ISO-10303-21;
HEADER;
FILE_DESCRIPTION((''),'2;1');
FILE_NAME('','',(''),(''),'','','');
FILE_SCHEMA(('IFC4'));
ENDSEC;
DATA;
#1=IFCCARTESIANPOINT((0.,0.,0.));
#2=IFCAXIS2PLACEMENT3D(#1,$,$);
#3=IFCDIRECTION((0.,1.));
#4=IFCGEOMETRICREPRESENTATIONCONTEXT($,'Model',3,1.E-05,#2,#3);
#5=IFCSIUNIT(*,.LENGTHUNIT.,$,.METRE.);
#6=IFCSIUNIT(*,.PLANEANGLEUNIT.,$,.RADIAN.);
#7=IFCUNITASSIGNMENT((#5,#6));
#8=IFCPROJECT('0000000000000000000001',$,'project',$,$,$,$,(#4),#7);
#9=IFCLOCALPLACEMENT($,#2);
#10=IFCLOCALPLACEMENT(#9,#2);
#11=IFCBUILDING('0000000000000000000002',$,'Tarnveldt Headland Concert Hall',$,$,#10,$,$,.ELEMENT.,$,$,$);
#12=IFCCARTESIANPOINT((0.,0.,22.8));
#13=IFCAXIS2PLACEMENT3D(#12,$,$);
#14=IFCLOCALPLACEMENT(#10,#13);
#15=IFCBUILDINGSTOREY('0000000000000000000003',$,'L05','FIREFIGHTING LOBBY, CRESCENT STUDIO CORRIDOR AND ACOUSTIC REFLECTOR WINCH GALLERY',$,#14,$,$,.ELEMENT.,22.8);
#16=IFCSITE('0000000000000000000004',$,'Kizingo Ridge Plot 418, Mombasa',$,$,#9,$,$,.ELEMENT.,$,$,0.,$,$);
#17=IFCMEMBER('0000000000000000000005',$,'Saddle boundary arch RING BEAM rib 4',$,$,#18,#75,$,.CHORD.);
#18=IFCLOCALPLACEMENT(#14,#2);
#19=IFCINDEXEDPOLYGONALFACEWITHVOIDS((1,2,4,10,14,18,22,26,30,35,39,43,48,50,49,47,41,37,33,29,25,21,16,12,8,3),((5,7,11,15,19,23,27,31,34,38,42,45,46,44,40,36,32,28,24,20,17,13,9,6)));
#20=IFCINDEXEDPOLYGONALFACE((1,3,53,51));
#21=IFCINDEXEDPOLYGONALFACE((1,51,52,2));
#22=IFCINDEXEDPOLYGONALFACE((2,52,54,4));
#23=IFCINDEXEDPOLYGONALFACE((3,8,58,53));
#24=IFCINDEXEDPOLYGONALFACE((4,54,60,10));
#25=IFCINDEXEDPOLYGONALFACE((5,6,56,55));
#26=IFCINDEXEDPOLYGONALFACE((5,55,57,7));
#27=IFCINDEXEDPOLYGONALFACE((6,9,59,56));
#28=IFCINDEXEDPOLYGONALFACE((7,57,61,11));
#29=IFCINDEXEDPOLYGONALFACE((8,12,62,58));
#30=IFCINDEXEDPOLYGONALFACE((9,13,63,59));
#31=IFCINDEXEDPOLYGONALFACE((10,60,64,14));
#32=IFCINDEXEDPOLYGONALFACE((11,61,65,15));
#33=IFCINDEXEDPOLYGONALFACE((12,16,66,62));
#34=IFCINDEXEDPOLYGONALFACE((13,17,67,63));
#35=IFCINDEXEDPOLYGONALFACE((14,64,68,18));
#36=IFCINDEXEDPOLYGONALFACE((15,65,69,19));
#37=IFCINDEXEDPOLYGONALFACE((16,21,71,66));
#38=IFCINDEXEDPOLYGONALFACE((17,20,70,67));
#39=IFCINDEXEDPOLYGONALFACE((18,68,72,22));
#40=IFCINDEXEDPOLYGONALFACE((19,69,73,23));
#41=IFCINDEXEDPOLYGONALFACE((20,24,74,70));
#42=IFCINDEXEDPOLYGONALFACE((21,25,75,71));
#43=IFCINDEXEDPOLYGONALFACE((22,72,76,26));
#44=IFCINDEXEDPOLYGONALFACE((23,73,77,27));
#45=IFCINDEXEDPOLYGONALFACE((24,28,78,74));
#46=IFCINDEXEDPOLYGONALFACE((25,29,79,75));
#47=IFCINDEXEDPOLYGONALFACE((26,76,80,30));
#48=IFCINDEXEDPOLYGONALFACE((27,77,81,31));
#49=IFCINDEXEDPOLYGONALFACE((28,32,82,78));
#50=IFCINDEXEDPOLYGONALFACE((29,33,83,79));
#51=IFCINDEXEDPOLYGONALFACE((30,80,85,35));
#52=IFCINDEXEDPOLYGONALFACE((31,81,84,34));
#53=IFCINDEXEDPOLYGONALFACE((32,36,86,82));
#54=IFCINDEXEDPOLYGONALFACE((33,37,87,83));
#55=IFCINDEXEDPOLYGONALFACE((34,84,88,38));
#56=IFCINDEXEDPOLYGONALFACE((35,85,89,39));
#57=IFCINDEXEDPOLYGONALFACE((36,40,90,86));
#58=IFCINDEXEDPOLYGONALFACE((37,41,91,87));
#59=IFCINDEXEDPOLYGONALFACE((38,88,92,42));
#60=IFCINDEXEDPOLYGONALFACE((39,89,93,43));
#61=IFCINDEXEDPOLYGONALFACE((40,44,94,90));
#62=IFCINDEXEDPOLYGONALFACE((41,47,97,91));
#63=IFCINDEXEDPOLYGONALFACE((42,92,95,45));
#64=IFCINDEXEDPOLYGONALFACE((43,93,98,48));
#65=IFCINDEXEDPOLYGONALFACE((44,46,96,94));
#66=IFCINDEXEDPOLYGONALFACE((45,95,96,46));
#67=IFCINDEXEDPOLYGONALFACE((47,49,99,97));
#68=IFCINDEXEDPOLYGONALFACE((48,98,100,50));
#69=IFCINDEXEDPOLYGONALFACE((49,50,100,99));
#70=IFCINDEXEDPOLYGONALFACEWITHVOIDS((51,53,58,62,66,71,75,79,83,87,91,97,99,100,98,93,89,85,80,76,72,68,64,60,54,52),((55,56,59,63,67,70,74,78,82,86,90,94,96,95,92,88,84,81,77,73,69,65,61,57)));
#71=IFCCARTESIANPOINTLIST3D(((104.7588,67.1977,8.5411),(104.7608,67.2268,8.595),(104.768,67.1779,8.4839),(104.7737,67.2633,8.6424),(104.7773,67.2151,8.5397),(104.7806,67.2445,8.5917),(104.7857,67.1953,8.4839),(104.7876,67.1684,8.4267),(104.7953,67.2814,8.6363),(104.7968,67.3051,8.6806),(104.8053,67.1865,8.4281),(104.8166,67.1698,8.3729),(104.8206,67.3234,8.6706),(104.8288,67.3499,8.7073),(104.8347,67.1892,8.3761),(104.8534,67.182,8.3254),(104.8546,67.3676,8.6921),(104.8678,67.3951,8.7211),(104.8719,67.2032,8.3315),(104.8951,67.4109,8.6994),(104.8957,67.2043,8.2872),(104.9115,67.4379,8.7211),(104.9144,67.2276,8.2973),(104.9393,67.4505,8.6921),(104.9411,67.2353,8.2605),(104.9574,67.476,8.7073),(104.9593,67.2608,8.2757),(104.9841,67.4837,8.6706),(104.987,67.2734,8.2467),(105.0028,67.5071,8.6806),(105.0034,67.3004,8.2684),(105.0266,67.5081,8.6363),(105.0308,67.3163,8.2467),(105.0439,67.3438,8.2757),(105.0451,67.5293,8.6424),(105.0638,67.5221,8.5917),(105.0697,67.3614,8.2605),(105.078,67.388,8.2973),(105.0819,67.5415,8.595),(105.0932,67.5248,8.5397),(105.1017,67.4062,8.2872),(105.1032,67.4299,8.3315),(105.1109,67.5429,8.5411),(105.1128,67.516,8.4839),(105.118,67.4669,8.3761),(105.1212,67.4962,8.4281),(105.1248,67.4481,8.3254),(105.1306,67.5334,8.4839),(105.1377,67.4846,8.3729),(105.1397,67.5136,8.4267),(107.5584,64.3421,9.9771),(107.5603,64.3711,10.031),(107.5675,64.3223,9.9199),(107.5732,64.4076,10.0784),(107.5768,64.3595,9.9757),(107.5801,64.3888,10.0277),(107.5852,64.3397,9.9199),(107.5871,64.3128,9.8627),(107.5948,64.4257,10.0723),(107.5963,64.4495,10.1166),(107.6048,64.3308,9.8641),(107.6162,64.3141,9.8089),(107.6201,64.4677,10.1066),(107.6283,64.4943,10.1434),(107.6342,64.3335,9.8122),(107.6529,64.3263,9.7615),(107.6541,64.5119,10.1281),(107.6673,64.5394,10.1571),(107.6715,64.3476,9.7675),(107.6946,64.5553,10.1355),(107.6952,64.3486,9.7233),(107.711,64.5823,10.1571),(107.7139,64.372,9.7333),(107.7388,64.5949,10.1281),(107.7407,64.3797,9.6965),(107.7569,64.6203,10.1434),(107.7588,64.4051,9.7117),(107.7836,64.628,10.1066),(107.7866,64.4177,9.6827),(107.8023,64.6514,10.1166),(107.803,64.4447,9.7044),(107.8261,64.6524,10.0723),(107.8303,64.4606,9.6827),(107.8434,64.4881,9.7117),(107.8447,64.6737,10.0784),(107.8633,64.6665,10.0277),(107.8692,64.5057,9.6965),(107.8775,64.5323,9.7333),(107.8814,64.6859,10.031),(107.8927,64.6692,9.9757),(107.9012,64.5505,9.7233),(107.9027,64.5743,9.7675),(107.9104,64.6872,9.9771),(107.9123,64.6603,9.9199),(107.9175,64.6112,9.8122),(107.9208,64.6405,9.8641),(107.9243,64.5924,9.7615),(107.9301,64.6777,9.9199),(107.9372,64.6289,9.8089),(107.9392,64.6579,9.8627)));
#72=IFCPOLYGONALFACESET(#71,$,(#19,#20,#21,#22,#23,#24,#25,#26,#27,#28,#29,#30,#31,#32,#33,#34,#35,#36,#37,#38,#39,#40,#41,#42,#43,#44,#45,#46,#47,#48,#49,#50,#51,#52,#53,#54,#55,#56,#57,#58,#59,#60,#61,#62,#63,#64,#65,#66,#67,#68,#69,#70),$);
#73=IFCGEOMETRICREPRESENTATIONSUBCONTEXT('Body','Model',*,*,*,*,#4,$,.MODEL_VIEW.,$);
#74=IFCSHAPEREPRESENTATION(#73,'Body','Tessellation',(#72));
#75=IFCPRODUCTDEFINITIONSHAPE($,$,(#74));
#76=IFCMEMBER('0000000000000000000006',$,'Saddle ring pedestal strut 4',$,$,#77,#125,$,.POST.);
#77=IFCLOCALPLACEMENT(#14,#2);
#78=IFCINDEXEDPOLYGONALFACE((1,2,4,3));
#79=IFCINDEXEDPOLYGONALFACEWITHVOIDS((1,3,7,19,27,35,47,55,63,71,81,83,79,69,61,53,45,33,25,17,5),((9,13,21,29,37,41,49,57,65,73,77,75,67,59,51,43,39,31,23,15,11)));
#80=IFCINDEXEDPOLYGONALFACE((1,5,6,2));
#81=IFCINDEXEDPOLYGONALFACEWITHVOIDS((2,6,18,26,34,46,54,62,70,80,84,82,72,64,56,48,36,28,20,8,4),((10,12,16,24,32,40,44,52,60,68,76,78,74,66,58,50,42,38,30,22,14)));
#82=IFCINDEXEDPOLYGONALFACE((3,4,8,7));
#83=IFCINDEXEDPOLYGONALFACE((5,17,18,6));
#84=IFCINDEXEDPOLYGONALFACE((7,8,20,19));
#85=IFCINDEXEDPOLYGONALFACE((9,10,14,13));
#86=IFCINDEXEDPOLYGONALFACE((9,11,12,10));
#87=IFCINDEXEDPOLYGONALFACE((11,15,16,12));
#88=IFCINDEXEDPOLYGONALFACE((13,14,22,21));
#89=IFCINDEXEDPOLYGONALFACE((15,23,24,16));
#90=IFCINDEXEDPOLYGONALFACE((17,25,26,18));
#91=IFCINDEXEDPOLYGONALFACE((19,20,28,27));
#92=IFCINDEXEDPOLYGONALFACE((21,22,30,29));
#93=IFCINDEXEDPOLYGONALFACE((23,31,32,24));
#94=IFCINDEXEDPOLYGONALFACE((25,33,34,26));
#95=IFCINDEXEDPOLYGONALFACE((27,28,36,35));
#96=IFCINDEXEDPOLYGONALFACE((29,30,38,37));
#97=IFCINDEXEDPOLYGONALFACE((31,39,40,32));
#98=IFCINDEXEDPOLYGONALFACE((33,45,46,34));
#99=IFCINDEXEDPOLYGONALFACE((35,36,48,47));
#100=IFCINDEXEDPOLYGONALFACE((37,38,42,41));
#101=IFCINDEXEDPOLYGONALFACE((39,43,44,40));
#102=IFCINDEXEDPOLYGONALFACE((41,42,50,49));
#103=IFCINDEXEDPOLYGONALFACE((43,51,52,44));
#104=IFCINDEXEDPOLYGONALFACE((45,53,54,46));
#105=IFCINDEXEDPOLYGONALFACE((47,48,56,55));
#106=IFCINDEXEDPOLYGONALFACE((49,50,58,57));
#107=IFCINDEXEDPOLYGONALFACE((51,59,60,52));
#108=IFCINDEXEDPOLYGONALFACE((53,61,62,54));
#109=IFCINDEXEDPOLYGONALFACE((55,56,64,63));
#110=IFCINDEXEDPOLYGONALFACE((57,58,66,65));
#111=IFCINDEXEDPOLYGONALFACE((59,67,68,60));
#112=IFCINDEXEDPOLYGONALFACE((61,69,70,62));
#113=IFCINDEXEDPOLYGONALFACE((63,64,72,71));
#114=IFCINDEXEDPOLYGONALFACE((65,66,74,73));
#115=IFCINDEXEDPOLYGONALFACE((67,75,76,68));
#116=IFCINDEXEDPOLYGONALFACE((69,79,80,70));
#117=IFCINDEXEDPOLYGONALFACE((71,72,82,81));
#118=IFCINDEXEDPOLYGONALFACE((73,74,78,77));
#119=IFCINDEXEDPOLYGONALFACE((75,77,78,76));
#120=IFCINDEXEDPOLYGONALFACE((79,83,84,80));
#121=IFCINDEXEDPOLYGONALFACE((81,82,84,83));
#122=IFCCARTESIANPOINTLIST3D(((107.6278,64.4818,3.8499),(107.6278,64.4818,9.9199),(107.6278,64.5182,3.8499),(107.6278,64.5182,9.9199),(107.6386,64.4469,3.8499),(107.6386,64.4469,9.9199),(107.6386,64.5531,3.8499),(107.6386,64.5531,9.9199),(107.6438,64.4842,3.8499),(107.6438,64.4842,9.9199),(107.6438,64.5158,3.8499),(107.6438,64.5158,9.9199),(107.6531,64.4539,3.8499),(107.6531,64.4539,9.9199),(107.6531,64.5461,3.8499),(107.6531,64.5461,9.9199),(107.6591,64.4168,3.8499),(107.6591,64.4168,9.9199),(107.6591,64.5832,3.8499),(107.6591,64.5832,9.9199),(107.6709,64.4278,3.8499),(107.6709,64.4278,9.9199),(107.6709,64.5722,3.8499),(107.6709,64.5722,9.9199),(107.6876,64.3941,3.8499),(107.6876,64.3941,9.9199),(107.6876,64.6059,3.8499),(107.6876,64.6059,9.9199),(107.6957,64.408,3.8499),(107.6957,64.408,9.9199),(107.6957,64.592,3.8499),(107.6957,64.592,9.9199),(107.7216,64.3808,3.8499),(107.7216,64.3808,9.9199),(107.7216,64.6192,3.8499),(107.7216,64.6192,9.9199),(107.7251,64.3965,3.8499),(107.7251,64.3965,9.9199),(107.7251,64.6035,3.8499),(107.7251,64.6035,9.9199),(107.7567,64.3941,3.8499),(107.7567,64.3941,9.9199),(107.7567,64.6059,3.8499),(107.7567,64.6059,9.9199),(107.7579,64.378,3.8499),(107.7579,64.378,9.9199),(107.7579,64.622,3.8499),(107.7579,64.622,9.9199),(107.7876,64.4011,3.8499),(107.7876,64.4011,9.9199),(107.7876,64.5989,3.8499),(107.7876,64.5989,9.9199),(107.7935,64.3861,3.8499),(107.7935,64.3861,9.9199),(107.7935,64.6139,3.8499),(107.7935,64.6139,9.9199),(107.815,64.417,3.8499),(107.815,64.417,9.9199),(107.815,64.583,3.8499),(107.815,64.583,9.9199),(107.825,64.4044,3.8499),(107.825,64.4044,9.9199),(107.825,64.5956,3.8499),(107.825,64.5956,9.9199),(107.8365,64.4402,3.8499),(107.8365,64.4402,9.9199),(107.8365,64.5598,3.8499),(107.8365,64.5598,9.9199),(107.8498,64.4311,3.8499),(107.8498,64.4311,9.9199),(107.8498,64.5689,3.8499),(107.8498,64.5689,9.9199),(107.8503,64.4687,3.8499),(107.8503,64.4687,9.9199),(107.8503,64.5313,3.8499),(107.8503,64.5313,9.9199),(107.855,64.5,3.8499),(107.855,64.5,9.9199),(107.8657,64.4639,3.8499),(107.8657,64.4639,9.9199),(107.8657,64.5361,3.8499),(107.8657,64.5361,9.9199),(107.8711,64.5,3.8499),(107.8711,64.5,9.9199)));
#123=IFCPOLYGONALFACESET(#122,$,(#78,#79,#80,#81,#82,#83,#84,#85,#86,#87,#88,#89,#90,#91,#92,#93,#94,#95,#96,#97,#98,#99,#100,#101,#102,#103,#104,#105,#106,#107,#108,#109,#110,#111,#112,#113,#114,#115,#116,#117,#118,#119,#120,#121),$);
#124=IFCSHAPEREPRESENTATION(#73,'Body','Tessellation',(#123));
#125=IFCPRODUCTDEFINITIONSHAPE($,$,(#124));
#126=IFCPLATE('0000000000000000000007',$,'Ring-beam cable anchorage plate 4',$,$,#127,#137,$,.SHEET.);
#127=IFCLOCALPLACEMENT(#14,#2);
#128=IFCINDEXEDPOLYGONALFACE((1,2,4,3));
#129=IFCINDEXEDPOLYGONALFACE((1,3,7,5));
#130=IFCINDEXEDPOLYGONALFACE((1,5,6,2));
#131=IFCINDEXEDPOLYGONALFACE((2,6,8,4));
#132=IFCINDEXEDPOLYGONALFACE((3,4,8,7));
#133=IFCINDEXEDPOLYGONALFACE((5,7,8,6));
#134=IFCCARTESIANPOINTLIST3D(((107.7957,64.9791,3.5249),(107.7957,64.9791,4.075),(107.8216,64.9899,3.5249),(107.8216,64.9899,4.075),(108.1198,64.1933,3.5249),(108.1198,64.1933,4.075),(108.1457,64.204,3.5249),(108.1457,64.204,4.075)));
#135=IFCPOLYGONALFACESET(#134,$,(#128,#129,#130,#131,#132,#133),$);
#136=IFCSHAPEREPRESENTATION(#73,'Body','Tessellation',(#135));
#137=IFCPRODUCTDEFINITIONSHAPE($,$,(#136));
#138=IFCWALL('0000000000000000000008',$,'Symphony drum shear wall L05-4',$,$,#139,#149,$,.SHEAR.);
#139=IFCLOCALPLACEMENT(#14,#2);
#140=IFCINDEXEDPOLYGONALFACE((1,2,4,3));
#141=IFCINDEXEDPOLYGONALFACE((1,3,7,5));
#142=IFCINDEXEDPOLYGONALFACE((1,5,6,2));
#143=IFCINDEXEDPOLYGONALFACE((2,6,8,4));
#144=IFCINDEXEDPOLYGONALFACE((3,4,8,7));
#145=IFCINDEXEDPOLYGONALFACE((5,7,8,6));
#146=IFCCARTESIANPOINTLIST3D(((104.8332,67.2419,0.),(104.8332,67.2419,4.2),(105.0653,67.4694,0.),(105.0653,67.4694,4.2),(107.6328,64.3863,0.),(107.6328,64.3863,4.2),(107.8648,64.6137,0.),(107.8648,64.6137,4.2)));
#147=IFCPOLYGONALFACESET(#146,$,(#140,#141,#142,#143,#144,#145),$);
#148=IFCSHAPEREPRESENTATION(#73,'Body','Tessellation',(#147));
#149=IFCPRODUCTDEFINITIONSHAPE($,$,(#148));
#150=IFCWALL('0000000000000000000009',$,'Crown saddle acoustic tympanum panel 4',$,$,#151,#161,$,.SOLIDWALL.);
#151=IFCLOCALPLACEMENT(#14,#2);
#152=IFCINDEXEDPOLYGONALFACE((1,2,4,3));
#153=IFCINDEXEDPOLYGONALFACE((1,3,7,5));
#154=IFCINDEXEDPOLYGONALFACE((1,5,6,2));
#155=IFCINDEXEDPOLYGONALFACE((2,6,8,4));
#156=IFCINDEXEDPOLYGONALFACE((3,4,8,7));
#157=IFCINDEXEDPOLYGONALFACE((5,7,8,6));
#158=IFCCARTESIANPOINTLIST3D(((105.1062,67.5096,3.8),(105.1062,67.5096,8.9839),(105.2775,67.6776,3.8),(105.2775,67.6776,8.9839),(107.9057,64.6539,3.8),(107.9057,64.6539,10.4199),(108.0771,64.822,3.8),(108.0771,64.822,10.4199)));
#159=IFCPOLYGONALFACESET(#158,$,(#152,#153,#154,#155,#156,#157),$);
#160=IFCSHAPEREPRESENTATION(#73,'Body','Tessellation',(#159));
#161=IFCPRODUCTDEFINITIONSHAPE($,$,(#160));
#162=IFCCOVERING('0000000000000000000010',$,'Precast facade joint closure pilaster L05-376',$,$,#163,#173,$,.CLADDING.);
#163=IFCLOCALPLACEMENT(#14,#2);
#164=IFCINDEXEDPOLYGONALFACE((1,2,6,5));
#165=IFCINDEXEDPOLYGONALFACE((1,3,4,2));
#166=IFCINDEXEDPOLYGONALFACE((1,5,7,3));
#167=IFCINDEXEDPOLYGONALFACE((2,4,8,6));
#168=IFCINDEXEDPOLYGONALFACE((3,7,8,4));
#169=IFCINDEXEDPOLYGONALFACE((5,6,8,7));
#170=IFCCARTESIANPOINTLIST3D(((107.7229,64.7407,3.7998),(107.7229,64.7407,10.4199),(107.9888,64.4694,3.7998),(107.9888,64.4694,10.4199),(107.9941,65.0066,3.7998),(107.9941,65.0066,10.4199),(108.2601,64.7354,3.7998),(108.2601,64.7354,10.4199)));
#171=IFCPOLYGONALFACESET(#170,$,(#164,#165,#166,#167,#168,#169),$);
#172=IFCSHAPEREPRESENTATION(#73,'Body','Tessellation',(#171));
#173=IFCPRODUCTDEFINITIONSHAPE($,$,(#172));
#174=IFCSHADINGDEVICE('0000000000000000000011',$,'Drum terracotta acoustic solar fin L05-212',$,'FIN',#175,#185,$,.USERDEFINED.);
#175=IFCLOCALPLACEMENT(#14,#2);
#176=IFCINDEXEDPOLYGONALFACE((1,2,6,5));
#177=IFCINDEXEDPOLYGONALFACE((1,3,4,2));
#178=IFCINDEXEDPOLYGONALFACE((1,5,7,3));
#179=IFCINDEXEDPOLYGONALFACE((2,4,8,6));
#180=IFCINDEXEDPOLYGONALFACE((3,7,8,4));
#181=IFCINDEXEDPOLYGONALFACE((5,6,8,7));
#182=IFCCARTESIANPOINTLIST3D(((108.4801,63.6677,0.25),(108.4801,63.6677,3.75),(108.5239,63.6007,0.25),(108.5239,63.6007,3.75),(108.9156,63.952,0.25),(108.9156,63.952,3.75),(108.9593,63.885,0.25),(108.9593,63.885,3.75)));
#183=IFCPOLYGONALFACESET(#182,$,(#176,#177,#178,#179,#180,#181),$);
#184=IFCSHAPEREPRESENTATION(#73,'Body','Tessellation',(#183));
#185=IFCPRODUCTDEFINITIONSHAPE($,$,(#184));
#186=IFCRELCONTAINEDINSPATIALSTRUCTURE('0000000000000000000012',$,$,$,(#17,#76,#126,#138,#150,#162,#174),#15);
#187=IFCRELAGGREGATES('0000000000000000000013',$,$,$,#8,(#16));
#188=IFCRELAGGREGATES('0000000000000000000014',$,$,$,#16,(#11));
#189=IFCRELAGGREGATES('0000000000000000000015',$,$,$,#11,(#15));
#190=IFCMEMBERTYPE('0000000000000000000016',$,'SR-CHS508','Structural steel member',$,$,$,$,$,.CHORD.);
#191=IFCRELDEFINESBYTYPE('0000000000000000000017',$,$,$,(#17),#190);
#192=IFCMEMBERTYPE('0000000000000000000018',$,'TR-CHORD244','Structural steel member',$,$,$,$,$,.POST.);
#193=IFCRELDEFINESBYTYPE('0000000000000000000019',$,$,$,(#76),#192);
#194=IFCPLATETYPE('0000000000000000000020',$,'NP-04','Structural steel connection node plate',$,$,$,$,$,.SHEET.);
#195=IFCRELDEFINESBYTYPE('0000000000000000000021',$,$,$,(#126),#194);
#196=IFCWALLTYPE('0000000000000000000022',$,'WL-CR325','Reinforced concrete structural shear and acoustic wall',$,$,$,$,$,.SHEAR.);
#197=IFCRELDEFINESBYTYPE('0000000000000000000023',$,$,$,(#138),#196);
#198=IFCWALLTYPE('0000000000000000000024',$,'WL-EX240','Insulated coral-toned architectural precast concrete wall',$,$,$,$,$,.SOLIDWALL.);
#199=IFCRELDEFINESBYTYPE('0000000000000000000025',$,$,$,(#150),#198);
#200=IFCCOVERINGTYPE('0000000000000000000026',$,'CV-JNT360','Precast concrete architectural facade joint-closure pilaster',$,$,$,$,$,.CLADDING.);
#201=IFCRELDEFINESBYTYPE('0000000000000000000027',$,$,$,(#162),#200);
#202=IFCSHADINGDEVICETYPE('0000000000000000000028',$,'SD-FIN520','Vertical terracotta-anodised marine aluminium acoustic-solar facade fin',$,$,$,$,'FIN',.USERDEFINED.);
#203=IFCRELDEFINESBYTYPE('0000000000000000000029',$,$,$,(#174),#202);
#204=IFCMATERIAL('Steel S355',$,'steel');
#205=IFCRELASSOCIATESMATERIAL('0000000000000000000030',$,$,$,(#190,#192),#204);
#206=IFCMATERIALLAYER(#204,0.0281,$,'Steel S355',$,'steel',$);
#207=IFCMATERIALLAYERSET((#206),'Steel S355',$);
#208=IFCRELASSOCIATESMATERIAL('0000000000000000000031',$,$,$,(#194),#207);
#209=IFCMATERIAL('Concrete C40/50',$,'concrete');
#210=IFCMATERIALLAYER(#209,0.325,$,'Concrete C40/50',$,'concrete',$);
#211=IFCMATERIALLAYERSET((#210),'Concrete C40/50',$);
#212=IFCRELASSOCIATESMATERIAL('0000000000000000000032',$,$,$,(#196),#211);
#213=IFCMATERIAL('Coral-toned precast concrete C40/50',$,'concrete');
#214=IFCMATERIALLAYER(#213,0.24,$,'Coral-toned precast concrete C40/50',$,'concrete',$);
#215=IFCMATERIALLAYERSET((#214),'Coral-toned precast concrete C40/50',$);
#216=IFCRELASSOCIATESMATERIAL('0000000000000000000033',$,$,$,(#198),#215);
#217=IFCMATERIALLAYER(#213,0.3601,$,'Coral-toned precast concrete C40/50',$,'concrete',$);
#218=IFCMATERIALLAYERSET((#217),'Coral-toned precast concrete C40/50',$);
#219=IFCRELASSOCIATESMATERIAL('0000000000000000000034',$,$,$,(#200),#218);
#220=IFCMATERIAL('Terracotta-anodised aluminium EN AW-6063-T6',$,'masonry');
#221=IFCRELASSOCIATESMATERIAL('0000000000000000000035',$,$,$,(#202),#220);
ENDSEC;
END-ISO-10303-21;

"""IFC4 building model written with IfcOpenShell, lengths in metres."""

from ifc_helpers import new_model, si_unit, direction, frame, frame_2d, origin, origin_2d, place, context, subcontext, project, spatial, polyline, rectangle, hollow_circle, outline, extrude, material, layer, layer_set, material_profile, profile_set, type_object, element, save


model = new_model("IFC4")

# Units and contexts
model_context = context("Model", 3, precision=1e-05, world=origin(), true_north=direction((0.0, 1.0)))
body_context = subcontext(model_context, "Body", "Model", "MODEL_VIEW")
ifc_project = project(units=[si_unit("LENGTHUNIT", "METRE"), si_unit("PLANEANGLEUNIT", "RADIAN")], contexts=[model_context])

# Site, building, storey
site_placement = place(None, origin())
site = spatial("IfcSite", under=ifc_project, at=site_placement, Name="Kizingo Ridge Plot 418, Mombasa", CompositionType="ELEMENT", RefElevation=0.0)
building_placement = place(site_placement, origin())
building = spatial("IfcBuilding", under=site, at=building_placement, Name="Tarnveldt Headland Concert Hall", CompositionType="ELEMENT")
storey_placement = place(building_placement, frame((0.0, 0.0, 22.8)))
storey = spatial("IfcBuildingStorey", under=building, at=storey_placement, Name="L05", Description="FIREFIGHTING LOBBY, CRESCENT STUDIO CORRIDOR AND ACOUSTIC REFLECTOR WINCH GALLERY", CompositionType="ELEMENT", Elevation=22.8)

# Shared definitions
ifc_material_1 = material(Name="Steel S355", Category="steel")

# Members
ifc_material_profile_1 = material_profile(ifc_material_1, hollow_circle(Radius=0.2539, WallThickness=0.0249, at=origin_2d()), Name="CHS 508x25", Category="steel")
ifc_profile_set_1 = profile_set([ifc_material_profile_1], Name="Steel S355")
member_type_1 = type_object("IfcMemberType", Name="SR-CHS508", Description="Structural steel member", PredefinedType="CHORD", material=ifc_profile_set_1)
member_1_placement = place(storey_placement, frame((107.7488, 64.5, 9.9199), z_axis=(-0.65886, 0.672075, -0.337962), x_axis=(-0.714093, -0.700051, 0.0)))
element("IfcMember", 1, at=member_1_placement, inside=storey, type_object=member_type_1, Name="Saddle boundary arch RING BEAM rib 4", PredefinedType="CHORD", context=body_context, shape_type="SweptSolid", body=[
    extrude(hollow_circle(Radius=0.2539, WallThickness=0.0249, at=origin_2d()), origin(), (0.0, 0.0, 1.0), 4.249),
])
ifc_material_profile_2 = material_profile(ifc_material_1, hollow_circle(Radius=0.1223, WallThickness=0.0161, at=origin_2d()), Name="CHS 244.5x16", Category="steel")
ifc_profile_set_2 = profile_set([ifc_material_profile_2], Name="Steel S355")
member_type_2 = type_object("IfcMemberType", Name="TR-CHORD244", Description="Structural steel member", PredefinedType="POST", material=ifc_profile_set_2)
member_2_placement = place(storey_placement, frame((107.7488, 64.5, 3.8499), z_axis=(0.0, 0.0, 1.0), x_axis=(1.0, 0.0, 0.0)))
element("IfcMember", 2, at=member_2_placement, inside=storey, type_object=member_type_2, Name="Saddle ring pedestal strut 4", PredefinedType="POST", context=body_context, shape_type="SweptSolid", body=[
    extrude(hollow_circle(Radius=0.1223, WallThickness=0.0161, at=origin_2d()), origin(), (0.0, 0.0, 1.0), 6.0701),
])

# Plate
ifc_layer_1 = layer(ifc_material_1, 0.0281, Name="Steel S355", Category="steel")
ifc_layer_set_1 = layer_set([ifc_layer_1], Name="Steel S355")
plate_type = type_object("IfcPlateType", Name="NP-04", Description="Structural steel connection node plate", PredefinedType="SHEET", material=ifc_layer_set_1)
plate_placement = place(storey_placement, frame((107.9707, 64.5916, 3.5249), z_axis=(0.0, 0.0, 1.0), x_axis=(-0.381232, 0.92448, 0.0)))
element("IfcPlate", 3, at=plate_placement, inside=storey, type_object=plate_type, Name="Ring-beam cable anchorage plate 4", PredefinedType="SHEET", context=body_context, shape_type="SweptSolid", body=[
    extrude(rectangle(XDim=0.8501, YDim=0.0281, at=origin_2d()), origin(), (0.0, 0.0, 1.0), 0.55),
])

# Walls
ifc_material_2 = material(Name="Concrete C40/50", Category="concrete")
ifc_layer_2 = layer(ifc_material_2, 0.325, Name="Concrete C40/50", Category="concrete")
ifc_layer_set_2 = layer_set([ifc_layer_2], Name="Concrete C40/50")
wall_type_1 = type_object("IfcWallType", Name="WL-CR325", Description="Reinforced concrete structural shear and acoustic wall", PredefinedType="SHEAR", material=ifc_layer_set_2)
wall_1_placement = place(storey_placement, frame((107.7488, 64.5, 0.0), z_axis=(0.0, 0.0, 1.0), x_axis=(-0.700051, 0.714093, 0.0)))
element("IfcWall", 4, at=wall_1_placement, inside=storey, type_object=wall_type_1, Name="Symphony drum shear wall L05-4", PredefinedType="SHEAR", context=body_context, shape_type="SweptSolid", body=[
    extrude(rectangle(XDim=3.999, YDim=0.325, at=frame_2d((1.9995, 0.0))), origin(), (0.0, 0.0, 1.0), 4.2),
])
ifc_material_3 = material(Name="Coral-toned precast concrete C40/50", Category="concrete")
ifc_layer_3 = layer(ifc_material_3, 0.24, Name="Coral-toned precast concrete C40/50", Category="concrete")
ifc_layer_set_3 = layer_set([ifc_layer_3], Name="Coral-toned precast concrete C40/50")
wall_type_2 = type_object("IfcWallType", Name="WL-EX240", Description="Insulated coral-toned architectural precast concrete wall", PredefinedType="SOLIDWALL", material=ifc_layer_set_3)
wall_2_placement = place(storey_placement, frame((107.9915, 64.738, 3.8), z_axis=(0.0, 0.0, 1.0), x_axis=(-0.700051, 0.714093, 0.0)))
element("IfcWall", 5, at=wall_2_placement, inside=storey, type_object=wall_type_2, Name="Crown saddle acoustic tympanum panel 4", PredefinedType="SOLIDWALL", context=body_context, shape_type="SweptSolid", body=[
    extrude(outline(polyline([(0.0, 0.0), (3.999, 0.0), (3.999, 5.1838), (0.0, 6.6199), (0.0, 0.0)])), frame((0.0, 0.1201, 0.0), z_axis=(0.0, -1.0, 0.0), x_axis=(1.0, 0.0, 0.0)), (0.0, 0.0, 1.0), 0.24),
])

# Covering
ifc_layer_4 = layer(ifc_material_3, 0.3601, Name="Coral-toned precast concrete C40/50", Category="concrete")
ifc_layer_set_4 = layer_set([ifc_layer_4], Name="Coral-toned precast concrete C40/50")
covering_type = type_object("IfcCoveringType", Name="CV-JNT360", Description="Precast concrete architectural facade joint-closure pilaster", PredefinedType="CLADDING", material=ifc_layer_set_4)
covering_placement = place(storey_placement, frame((107.9915, 64.738, 3.7998), z_axis=(0.0, 0.0, 1.0), x_axis=(0.714106, 0.700037, 0.0)))
element("IfcCovering", 6, at=covering_placement, inside=storey, type_object=covering_type, Name="Precast facade joint closure pilaster L05-376", PredefinedType="CLADDING", context=body_context, shape_type="SweptSolid", body=[
    extrude(rectangle(XDim=0.3799, YDim=0.3799, at=origin_2d()), origin(), (0.0, 0.0, 1.0), 6.6201),
])

# Shading device
ifc_material_4 = material(Name="Terracotta-anodised aluminium EN AW-6063-T6", Category="masonry")
shading_device_type = type_object("IfcShadingDeviceType", Name="SD-FIN520", Description="Vertical terracotta-anodised marine aluminium acoustic-solar facade fin", ElementType="FIN", PredefinedType="USERDEFINED", material=ifc_material_4)
for number, where, z_axis, x_axis, name in (
    (7, (108.7197, 63.7764, 0.25), (0.0, 0.0, 1.0), (0.837337, 0.546687, 0.0), "Drum terracotta acoustic solar fin L05-212"),
):
    element("IfcShadingDevice", number, at=place(storey_placement, frame(where, z_axis=z_axis, x_axis=x_axis)), inside=storey, type_object=shading_device_type, Name=name, ObjectType="FIN", PredefinedType="USERDEFINED", context=body_context, shape_type="SweptSolid", body=[
        extrude(rectangle(XDim=0.52, YDim=0.0801, at=origin_2d()), origin(), (0.0, 0.0, 1.0), 3.5),
    ])

save(model, "model.ifc")
